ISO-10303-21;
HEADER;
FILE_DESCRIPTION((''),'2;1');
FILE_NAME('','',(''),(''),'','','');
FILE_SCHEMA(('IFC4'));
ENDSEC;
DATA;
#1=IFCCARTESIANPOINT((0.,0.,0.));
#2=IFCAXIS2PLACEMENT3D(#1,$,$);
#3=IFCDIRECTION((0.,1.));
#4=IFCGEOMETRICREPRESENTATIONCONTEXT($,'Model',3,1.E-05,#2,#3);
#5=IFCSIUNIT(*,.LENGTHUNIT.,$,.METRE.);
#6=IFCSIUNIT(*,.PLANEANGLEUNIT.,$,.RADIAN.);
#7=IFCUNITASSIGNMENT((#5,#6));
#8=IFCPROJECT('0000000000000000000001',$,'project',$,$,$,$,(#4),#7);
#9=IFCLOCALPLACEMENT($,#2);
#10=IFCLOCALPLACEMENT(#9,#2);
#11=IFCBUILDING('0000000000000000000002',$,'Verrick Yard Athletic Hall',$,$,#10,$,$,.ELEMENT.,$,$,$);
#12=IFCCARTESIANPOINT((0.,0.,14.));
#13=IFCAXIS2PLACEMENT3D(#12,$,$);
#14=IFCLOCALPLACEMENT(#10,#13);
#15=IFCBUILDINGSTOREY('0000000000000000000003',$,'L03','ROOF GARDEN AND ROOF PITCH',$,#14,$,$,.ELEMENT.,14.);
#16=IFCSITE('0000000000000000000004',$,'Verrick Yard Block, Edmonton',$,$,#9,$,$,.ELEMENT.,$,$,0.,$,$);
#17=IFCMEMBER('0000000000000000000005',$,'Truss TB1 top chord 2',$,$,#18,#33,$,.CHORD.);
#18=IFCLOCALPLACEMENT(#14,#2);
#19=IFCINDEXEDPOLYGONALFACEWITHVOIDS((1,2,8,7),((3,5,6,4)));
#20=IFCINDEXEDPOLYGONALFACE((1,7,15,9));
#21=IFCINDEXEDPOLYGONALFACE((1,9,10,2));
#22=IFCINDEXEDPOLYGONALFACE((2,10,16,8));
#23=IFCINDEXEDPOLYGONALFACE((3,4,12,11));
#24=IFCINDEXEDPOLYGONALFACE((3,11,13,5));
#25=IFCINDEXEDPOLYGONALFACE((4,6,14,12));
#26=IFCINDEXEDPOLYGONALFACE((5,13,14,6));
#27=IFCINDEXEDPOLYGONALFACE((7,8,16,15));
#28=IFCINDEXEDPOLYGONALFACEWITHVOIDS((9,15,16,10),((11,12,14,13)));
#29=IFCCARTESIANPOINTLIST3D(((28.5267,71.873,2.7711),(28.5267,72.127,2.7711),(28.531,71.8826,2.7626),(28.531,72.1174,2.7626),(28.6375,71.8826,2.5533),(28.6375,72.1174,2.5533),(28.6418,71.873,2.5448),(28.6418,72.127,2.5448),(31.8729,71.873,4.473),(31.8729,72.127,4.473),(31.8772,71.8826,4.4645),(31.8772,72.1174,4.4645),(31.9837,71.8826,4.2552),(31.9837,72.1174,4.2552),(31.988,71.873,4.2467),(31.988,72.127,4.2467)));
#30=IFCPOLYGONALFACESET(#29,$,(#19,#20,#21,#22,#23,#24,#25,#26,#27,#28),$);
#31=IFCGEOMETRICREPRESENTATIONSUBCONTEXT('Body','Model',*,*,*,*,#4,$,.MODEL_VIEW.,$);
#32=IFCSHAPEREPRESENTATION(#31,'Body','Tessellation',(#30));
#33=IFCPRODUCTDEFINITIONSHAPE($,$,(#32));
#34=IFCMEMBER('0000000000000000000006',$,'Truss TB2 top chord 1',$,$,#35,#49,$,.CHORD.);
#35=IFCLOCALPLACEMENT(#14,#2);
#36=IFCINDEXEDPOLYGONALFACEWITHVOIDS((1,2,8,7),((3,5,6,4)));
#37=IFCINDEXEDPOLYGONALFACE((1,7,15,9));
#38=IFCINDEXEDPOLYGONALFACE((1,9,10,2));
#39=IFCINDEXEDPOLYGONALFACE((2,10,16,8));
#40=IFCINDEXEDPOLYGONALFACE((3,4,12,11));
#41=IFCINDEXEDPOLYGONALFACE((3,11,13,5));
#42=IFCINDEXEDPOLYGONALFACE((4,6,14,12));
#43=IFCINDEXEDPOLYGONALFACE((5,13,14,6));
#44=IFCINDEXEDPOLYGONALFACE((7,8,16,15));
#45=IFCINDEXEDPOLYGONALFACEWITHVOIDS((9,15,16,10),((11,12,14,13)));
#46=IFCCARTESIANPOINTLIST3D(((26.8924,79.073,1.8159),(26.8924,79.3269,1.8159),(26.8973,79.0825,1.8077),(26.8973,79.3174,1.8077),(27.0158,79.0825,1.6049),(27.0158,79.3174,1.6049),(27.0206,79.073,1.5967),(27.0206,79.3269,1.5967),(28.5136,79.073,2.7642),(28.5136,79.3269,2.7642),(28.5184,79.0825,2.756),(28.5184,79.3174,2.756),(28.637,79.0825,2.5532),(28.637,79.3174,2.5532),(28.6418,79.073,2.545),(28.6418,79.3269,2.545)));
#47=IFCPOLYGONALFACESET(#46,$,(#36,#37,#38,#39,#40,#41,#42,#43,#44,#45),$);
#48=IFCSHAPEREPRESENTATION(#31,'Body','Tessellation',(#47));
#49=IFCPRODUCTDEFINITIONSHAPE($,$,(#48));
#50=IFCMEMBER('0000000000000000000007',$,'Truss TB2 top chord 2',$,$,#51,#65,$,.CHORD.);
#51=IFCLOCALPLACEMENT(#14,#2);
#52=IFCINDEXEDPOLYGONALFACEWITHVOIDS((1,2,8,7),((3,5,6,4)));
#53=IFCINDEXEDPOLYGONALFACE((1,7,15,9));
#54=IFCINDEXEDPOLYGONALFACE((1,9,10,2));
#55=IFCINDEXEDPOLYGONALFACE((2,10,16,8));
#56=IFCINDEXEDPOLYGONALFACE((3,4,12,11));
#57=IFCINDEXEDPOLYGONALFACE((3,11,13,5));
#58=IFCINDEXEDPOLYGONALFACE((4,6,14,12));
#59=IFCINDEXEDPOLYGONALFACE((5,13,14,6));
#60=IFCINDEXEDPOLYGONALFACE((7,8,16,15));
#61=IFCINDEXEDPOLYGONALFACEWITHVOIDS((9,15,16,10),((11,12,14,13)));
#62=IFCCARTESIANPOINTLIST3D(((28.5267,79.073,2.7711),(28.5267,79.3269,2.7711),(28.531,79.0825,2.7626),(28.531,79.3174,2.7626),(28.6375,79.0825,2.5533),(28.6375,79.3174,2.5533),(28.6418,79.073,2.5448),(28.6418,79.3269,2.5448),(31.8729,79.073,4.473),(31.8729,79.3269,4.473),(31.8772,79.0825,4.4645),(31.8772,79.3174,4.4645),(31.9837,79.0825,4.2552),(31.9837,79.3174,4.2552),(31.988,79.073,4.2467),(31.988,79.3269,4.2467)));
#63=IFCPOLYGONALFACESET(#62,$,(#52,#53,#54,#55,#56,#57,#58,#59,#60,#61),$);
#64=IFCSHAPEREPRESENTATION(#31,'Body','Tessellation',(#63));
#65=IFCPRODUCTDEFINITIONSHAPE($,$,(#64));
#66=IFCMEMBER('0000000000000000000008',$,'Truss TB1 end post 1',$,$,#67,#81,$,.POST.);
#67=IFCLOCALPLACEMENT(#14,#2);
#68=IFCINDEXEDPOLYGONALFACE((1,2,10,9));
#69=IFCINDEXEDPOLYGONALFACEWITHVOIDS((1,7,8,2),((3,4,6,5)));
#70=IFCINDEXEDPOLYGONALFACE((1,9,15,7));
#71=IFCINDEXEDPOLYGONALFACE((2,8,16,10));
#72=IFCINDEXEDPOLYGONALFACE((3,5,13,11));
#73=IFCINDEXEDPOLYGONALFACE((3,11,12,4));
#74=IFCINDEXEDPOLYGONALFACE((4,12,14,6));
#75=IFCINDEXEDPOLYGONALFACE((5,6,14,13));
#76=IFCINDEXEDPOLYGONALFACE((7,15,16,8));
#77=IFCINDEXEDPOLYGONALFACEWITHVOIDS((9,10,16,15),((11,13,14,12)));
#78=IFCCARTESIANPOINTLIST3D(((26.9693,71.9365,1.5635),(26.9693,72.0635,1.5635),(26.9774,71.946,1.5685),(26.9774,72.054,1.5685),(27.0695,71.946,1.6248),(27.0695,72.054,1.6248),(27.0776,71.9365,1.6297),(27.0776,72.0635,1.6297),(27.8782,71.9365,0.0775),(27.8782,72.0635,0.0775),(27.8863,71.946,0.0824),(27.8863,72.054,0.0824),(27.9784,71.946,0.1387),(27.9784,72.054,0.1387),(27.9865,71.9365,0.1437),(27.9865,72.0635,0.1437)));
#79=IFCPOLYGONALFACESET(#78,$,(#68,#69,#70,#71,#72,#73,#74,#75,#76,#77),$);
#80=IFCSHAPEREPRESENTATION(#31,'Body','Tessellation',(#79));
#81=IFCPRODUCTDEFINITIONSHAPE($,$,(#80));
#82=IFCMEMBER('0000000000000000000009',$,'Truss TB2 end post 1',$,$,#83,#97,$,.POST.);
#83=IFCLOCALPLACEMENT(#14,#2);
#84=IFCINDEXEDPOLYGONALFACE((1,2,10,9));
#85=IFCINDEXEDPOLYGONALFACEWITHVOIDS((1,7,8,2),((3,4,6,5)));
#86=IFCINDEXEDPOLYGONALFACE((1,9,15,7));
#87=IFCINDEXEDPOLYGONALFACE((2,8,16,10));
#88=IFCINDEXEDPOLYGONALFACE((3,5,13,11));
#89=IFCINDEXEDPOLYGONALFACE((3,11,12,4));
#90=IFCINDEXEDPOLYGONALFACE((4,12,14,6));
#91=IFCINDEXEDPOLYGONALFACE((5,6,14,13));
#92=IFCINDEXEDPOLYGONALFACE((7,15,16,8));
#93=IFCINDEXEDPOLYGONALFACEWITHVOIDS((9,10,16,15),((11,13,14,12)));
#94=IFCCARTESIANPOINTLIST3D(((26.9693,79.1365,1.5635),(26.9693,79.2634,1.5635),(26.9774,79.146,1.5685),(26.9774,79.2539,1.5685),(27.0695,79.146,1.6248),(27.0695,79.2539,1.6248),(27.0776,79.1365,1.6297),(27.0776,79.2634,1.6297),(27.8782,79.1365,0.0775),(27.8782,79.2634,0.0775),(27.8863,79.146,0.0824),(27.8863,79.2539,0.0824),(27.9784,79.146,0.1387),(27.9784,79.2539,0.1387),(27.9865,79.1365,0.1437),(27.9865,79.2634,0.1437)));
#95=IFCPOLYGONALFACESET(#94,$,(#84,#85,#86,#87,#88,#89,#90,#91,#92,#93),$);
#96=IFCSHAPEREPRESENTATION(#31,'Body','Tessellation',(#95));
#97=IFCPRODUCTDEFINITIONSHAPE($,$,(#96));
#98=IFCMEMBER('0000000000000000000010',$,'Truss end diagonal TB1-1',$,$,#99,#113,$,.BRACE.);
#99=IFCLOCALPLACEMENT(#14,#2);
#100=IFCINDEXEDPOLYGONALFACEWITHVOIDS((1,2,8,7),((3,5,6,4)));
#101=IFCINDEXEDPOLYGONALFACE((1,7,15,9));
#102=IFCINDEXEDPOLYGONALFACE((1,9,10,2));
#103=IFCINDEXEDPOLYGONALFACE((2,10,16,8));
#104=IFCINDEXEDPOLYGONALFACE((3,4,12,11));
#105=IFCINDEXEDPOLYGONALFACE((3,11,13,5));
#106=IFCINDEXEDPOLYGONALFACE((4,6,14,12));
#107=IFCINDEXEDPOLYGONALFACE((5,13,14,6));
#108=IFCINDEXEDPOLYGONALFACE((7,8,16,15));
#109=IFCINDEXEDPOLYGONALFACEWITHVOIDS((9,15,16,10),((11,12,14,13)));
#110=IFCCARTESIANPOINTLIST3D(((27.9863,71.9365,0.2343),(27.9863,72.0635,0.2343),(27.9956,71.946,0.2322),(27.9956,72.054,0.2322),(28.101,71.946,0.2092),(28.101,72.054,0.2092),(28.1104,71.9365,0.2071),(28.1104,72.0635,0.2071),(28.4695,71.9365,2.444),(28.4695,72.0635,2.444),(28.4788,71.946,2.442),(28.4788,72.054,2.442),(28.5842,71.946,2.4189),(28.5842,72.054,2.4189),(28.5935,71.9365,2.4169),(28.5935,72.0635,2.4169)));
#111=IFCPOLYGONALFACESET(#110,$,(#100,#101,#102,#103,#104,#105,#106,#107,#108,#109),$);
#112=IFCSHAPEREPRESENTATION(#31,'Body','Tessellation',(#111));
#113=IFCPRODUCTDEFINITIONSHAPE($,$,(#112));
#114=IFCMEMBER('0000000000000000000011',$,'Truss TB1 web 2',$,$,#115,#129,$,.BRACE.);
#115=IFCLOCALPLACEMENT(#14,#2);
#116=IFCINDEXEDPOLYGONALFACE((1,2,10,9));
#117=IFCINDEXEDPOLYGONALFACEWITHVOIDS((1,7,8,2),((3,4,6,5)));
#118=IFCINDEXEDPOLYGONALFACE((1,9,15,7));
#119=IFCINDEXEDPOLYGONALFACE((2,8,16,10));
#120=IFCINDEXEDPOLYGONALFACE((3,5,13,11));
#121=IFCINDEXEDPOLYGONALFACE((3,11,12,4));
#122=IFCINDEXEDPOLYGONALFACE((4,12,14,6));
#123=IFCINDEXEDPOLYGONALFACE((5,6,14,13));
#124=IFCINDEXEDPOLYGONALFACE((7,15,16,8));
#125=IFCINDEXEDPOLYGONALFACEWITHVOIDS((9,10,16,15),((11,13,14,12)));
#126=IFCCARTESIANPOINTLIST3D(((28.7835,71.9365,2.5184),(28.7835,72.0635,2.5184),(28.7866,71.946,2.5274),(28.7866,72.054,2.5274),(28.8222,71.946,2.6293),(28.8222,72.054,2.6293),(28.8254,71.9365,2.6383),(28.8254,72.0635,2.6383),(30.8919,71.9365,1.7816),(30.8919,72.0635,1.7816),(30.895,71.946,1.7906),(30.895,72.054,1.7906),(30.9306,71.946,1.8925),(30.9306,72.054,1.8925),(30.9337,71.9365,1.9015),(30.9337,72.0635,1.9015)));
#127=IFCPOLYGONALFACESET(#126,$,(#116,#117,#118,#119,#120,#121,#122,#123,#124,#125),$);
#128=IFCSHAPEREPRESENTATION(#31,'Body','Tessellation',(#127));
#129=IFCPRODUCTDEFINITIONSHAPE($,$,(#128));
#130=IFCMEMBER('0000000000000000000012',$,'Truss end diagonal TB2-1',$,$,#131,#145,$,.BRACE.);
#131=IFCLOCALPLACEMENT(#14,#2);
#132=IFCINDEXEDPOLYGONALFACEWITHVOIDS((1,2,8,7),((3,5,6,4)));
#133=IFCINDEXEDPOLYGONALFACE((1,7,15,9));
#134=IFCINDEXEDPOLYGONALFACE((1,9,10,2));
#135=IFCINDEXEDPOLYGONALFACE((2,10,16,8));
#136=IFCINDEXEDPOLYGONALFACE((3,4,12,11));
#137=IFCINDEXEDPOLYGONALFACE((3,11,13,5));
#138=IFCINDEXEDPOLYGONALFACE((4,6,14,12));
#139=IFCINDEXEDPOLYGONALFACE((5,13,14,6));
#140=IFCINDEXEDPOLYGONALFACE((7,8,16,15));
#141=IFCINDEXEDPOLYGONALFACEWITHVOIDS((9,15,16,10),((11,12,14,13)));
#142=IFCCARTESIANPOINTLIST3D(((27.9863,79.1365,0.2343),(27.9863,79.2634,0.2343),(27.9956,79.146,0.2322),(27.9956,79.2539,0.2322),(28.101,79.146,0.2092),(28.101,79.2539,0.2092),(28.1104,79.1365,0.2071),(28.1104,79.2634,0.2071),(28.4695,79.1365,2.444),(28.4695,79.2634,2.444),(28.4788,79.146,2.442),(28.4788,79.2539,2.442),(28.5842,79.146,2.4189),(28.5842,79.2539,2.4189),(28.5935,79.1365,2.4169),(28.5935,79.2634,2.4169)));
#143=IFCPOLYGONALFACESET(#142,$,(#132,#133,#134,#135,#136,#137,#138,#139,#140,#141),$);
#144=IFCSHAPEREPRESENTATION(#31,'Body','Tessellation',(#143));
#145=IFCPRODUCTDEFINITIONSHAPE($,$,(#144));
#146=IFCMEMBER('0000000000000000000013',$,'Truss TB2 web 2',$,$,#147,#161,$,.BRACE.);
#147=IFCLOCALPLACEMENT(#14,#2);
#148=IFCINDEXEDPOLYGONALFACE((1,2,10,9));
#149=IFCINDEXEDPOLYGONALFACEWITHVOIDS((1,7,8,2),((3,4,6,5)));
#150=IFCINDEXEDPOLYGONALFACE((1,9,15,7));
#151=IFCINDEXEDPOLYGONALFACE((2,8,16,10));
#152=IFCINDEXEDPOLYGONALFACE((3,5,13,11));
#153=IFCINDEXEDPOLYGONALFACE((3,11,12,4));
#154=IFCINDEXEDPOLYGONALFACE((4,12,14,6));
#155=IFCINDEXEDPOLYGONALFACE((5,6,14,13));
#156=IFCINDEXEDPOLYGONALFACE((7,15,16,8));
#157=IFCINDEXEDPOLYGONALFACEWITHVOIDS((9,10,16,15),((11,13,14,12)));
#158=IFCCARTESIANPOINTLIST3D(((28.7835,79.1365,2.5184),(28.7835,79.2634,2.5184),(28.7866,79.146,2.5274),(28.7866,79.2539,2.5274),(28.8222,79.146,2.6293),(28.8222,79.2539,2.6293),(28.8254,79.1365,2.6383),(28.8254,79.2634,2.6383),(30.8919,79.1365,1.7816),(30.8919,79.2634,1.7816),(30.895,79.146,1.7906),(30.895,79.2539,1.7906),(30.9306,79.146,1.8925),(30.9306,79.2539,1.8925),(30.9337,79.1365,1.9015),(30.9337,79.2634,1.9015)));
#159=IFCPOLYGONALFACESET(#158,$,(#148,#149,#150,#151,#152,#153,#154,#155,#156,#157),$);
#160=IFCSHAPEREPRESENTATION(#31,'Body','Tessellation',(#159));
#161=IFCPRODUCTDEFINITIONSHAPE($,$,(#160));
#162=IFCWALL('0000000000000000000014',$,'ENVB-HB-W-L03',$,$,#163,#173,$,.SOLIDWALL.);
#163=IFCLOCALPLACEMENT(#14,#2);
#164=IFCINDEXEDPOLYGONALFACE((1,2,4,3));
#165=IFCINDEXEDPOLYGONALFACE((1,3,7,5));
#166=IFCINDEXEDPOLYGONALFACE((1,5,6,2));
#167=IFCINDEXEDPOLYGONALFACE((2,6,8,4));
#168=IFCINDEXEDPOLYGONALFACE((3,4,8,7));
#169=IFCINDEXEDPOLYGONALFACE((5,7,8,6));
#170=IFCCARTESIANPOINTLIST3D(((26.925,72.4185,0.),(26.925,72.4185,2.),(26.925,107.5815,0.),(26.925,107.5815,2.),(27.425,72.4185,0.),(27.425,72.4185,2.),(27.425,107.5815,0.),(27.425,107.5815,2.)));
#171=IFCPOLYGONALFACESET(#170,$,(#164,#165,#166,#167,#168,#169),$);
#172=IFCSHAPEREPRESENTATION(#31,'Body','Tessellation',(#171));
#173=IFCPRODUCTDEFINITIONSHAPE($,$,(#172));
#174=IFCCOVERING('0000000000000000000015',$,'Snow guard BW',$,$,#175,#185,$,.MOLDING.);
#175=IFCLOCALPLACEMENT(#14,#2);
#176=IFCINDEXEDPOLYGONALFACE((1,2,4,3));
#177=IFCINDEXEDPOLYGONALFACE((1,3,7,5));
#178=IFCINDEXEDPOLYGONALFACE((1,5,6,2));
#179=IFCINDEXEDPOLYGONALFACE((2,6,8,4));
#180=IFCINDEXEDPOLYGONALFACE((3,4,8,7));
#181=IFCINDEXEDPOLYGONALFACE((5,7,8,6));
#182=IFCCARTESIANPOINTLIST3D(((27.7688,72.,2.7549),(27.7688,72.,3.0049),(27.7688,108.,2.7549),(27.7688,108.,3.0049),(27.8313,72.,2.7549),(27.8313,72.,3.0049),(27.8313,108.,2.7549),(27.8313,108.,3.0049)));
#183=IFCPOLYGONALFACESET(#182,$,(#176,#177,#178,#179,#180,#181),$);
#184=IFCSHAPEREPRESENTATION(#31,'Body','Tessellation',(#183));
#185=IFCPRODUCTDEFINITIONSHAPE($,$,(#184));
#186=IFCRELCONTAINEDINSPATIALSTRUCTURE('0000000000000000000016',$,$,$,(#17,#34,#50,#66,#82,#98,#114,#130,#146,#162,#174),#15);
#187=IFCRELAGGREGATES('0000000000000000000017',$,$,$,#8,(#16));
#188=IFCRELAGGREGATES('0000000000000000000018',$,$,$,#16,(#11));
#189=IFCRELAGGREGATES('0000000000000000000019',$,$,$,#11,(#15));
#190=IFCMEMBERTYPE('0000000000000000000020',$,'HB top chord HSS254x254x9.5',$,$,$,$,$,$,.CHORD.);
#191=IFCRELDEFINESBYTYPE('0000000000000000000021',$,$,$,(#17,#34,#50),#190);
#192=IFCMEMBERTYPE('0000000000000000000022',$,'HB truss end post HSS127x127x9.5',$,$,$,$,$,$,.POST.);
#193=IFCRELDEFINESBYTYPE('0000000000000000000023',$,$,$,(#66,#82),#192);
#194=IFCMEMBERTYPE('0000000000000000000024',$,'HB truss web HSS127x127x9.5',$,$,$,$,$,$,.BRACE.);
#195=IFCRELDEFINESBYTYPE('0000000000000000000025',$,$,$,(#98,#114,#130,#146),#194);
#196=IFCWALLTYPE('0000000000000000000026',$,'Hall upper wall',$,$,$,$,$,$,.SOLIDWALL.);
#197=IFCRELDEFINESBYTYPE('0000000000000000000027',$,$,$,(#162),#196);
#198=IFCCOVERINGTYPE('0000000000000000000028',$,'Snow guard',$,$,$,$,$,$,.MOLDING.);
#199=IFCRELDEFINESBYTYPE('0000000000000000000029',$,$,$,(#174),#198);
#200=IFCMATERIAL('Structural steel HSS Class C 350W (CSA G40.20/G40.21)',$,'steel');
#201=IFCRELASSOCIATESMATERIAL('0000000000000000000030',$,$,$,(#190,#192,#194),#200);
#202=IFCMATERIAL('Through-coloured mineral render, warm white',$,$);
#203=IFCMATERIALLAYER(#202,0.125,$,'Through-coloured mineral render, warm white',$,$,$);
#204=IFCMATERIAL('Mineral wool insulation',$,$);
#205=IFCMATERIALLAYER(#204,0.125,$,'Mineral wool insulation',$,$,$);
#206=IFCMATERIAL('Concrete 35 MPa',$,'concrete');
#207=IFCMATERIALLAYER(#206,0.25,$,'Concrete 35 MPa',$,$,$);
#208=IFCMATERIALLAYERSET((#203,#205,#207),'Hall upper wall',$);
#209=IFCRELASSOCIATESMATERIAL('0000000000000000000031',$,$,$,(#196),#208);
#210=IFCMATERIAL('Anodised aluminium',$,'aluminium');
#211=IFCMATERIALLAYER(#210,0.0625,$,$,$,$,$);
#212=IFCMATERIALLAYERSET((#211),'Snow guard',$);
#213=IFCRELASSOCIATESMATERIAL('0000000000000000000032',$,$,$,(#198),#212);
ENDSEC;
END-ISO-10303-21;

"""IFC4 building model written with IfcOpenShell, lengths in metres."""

from ifc_helpers import new_model, si_unit, direction, frame, frame_2d, origin, origin_2d, place, context, subcontext, project, spatial, polyline, rectangle, hollow_rectangle, outline, extrude, material, layer, layer_set, material_profile, profile_set, type_object, element, save


model = new_model("IFC4")

# Units and contexts
model_context = context("Model", 3, precision=1e-05, world=origin(), true_north=direction((0.0, 1.0)))
body_context = subcontext(model_context, "Body", "Model", "MODEL_VIEW")
ifc_project = project(units=[si_unit("LENGTHUNIT", "METRE"), si_unit("PLANEANGLEUNIT", "RADIAN")], contexts=[model_context])

# Site, building, storey
site_placement = place(None, origin())
site = spatial("IfcSite", under=ifc_project, at=site_placement, Name="Verrick Yard Block, Edmonton", CompositionType="ELEMENT", RefElevation=0.0)
building_placement = place(site_placement, origin())
building = spatial("IfcBuilding", under=site, at=building_placement, Name="Verrick Yard Athletic Hall", CompositionType="ELEMENT")
storey_placement = place(building_placement, frame((0.0, 0.0, 14.0)))
storey = spatial("IfcBuildingStorey", under=building, at=storey_placement, Name="L03", Description="ROOF GARDEN AND ROOF PITCH", CompositionType="ELEMENT", Elevation=14.0)

# Members
ifc_material_1 = material(Name="Structural steel HSS Class C 350W (CSA G40.20/G40.21)", Category="steel")
ifc_material_profile_1 = material_profile(ifc_material_1, hollow_rectangle(XDim=0.2539, YDim=0.2539, WallThickness=0.0095, at=origin_2d()), Name="HSS254x254x9.5")
ifc_profile_set_1 = profile_set([ifc_material_profile_1], Name="Structural steel HSS Class C 350W (CSA G40.20/G40.21)")
member_type_1 = type_object("IfcMemberType", Name="HB top chord HSS254x254x9.5", PredefinedType="CHORD", material=ifc_profile_set_1)
member_1_placement = place(storey_placement, frame((28.5842, 72.0, 2.658), z_axis=(0.891337, 0.0, 0.453342), x_axis=(0.0, 1.0, 0.0)))
element("IfcMember", 1, at=member_1_placement, inside=storey, type_object=member_type_1, Name="Truss TB1 top chord 2", PredefinedType="CHORD", context=body_context, shape_type="SweptSolid", body=[
    extrude(hollow_rectangle(XDim=0.2539, YDim=0.2539, WallThickness=0.0095, at=origin_2d()), origin(), (0.0, 0.0, 1.0), 3.7542),
])
member_2_placement = place(storey_placement, frame((26.9565, 79.2, 1.7063), z_axis=(0.863175, 0.0, 0.504905), x_axis=(0.0, 1.0, 0.0)))
element("IfcMember", 2, at=member_2_placement, inside=storey, type_object=member_type_1, Name="Truss TB2 top chord 1", PredefinedType="CHORD", context=body_context, shape_type="SweptSolid", body=[
    extrude(hollow_rectangle(XDim=0.2539, YDim=0.2539, WallThickness=0.0095, at=origin_2d()), origin(), (0.0, 0.0, 1.0), 1.8782),
])
member_3_placement = place(storey_placement, frame((28.5842, 79.2, 2.658), z_axis=(0.891337, 0.0, 0.453342), x_axis=(0.0, 1.0, 0.0)))
element("IfcMember", 3, at=member_3_placement, inside=storey, type_object=member_type_1, Name="Truss TB2 top chord 2", PredefinedType="CHORD", context=body_context, shape_type="SweptSolid", body=[
    extrude(hollow_rectangle(XDim=0.2539, YDim=0.2539, WallThickness=0.0095, at=origin_2d()), origin(), (0.0, 0.0, 1.0), 3.7542),
])
ifc_material_profile_2 = material_profile(ifc_material_1, hollow_rectangle(XDim=0.127, YDim=0.127, WallThickness=0.0095, at=origin_2d()), Name="HSS127x127x9.5")
ifc_profile_set_2 = profile_set([ifc_material_profile_2], Name="Structural steel HSS Class C 350W (CSA G40.20/G40.21)")
member_type_2 = type_object("IfcMemberType", Name="HB truss end post HSS127x127x9.5", PredefinedType="POST", material=ifc_profile_set_2)
for number, where, z_axis, x_axis, name in (
    (4, (27.9324, 72.0, 0.1106), (-0.521773, 0.0, 0.853084), (0.0, -1.0, 0.0), "Truss TB1 end post 1"),
    (5, (27.9324, 79.2, 0.1106), (-0.521773, 0.0, 0.853084), (0.0, -1.0, 0.0), "Truss TB2 end post 1"),
):
    element("IfcMember", number, at=place(storey_placement, frame(where, z_axis=z_axis, x_axis=x_axis)), inside=storey, type_object=member_type_2, Name=name, PredefinedType="POST", context=body_context, shape_type="SweptSolid", body=[
        extrude(hollow_rectangle(XDim=0.127, YDim=0.127, WallThickness=0.0095, at=origin_2d()), origin(), (0.0, 0.0, 1.0), 1.7419),
    ])
ifc_material_profile_3 = material_profile(ifc_material_1, hollow_rectangle(XDim=0.127, YDim=0.127, WallThickness=0.0095, at=origin_2d()), Name="HSS127x127x9.5")
ifc_profile_set_3 = profile_set([ifc_material_profile_3], Name="Structural steel HSS Class C 350W (CSA G40.20/G40.21)")
member_type_3 = type_object("IfcMemberType", Name="HB truss web HSS127x127x9.5", PredefinedType="BRACE", material=ifc_profile_set_3)
member_4_placement = place(storey_placement, frame((28.0483, 72.0, 0.2207), z_axis=(0.213604, 0.0, 0.97692), x_axis=(0.0, 1.0, 0.0)))
element("IfcMember", 6, at=member_4_placement, inside=storey, type_object=member_type_3, Name="Truss end diagonal TB1-1", PredefinedType="BRACE", context=body_context, shape_type="SweptSolid", body=[
    extrude(hollow_rectangle(XDim=0.127, YDim=0.127, WallThickness=0.0095, at=origin_2d()), origin(), (0.0, 0.0, 1.0), 2.262),
])
member_5_placement = place(storey_placement, frame((28.8044, 72.0, 2.5784), z_axis=(0.944015, 0.0, -0.329902), x_axis=(0.0, 1.0, 0.0)))
element("IfcMember", 7, at=member_5_placement, inside=storey, type_object=member_type_3, Name="Truss TB1 web 2", PredefinedType="BRACE", context=body_context, shape_type="SweptSolid", body=[
    extrude(hollow_rectangle(XDim=0.127, YDim=0.127, WallThickness=0.0095, at=origin_2d()), origin(), (0.0, 0.0, 1.0), 2.2334),
])
member_6_placement = place(storey_placement, frame((28.0483, 79.2, 0.2207), z_axis=(0.213604, 0.0, 0.97692), x_axis=(0.0, 1.0, 0.0)))
element("IfcMember", 8, at=member_6_placement, inside=storey, type_object=member_type_3, Name="Truss end diagonal TB2-1", PredefinedType="BRACE", context=body_context, shape_type="SweptSolid", body=[
    extrude(hollow_rectangle(XDim=0.127, YDim=0.127, WallThickness=0.0095, at=origin_2d()), origin(), (0.0, 0.0, 1.0), 2.262),
])
member_7_placement = place(storey_placement, frame((28.8044, 79.2, 2.5784), z_axis=(0.944015, 0.0, -0.329902), x_axis=(0.0, 1.0, 0.0)))
element("IfcMember", 9, at=member_7_placement, inside=storey, type_object=member_type_3, Name="Truss TB2 web 2", PredefinedType="BRACE", context=body_context, shape_type="SweptSolid", body=[
    extrude(hollow_rectangle(XDim=0.127, YDim=0.127, WallThickness=0.0095, at=origin_2d()), origin(), (0.0, 0.0, 1.0), 2.2334),
])

# Wall
ifc_material_2 = material(Name="Through-coloured mineral render, warm white")
ifc_layer_1 = layer(ifc_material_2, 0.125, Name="Through-coloured mineral render, warm white")
ifc_material_3 = material(Name="Mineral wool insulation")
ifc_layer_2 = layer(ifc_material_3, 0.125, Name="Mineral wool insulation")
ifc_material_4 = material(Name="Concrete 35 MPa", Category="concrete")
ifc_layer_3 = layer(ifc_material_4, 0.25, Name="Concrete 35 MPa")
ifc_layer_set_1 = layer_set([ifc_layer_1, ifc_layer_2, ifc_layer_3], Name="Hall upper wall")
wall_type = type_object("IfcWallType", Name="Hall upper wall", PredefinedType="SOLIDWALL", material=ifc_layer_set_1)
wall_placement = place(storey_placement, frame((27.175, 72.4185, 0.0), z_axis=(0.0, 0.0, 1.0), x_axis=(0.0, 1.0, 0.0)))
element("IfcWall", 10, at=wall_placement, inside=storey, type_object=wall_type, Name="ENVB-HB-W-L03", PredefinedType="SOLIDWALL", context=body_context, shape_type="SweptSolid", body=[
    extrude(rectangle(XDim=35.1631, YDim=0.5, at=frame_2d((17.5815, 0.0))), origin(), (0.0, 0.0, 1.0), 2.0),
])

# Covering
ifc_material_5 = material(Name="Anodised aluminium", Category="aluminium")
ifc_layer_4 = layer(ifc_material_5, 0.0625)
ifc_layer_set_2 = layer_set([ifc_layer_4], Name="Snow guard")
covering_type_1 = type_object("IfcCoveringType", Name="Snow guard", PredefinedType="MOLDING", material=ifc_layer_set_2)
covering_1_placement = place(storey_placement, frame((27.8, 72.0, 2.7549), z_axis=(0.0, 0.0, 1.0), x_axis=(0.0, 1.0, 0.0)))
element("IfcCovering", 11, at=covering_1_placement, inside=storey, type_object=covering_type_1, Name="Snow guard BW", PredefinedType="MOLDING", context=body_context, shape_type="SweptSolid", body=[
    extrude(outline(polyline([(0.0, 0.0), (36.0, 0.0), (36.0, 0.25), (0.0, 0.25), (0.0, 0.0)])), frame((0.0, 0.0312, 0.0), z_axis=(0.0, -1.0, 0.0), x_axis=(1.0, 0.0, 0.0)), (0.0, 0.0, 1.0), 0.0625),
])

save(model, "model.ifc")
